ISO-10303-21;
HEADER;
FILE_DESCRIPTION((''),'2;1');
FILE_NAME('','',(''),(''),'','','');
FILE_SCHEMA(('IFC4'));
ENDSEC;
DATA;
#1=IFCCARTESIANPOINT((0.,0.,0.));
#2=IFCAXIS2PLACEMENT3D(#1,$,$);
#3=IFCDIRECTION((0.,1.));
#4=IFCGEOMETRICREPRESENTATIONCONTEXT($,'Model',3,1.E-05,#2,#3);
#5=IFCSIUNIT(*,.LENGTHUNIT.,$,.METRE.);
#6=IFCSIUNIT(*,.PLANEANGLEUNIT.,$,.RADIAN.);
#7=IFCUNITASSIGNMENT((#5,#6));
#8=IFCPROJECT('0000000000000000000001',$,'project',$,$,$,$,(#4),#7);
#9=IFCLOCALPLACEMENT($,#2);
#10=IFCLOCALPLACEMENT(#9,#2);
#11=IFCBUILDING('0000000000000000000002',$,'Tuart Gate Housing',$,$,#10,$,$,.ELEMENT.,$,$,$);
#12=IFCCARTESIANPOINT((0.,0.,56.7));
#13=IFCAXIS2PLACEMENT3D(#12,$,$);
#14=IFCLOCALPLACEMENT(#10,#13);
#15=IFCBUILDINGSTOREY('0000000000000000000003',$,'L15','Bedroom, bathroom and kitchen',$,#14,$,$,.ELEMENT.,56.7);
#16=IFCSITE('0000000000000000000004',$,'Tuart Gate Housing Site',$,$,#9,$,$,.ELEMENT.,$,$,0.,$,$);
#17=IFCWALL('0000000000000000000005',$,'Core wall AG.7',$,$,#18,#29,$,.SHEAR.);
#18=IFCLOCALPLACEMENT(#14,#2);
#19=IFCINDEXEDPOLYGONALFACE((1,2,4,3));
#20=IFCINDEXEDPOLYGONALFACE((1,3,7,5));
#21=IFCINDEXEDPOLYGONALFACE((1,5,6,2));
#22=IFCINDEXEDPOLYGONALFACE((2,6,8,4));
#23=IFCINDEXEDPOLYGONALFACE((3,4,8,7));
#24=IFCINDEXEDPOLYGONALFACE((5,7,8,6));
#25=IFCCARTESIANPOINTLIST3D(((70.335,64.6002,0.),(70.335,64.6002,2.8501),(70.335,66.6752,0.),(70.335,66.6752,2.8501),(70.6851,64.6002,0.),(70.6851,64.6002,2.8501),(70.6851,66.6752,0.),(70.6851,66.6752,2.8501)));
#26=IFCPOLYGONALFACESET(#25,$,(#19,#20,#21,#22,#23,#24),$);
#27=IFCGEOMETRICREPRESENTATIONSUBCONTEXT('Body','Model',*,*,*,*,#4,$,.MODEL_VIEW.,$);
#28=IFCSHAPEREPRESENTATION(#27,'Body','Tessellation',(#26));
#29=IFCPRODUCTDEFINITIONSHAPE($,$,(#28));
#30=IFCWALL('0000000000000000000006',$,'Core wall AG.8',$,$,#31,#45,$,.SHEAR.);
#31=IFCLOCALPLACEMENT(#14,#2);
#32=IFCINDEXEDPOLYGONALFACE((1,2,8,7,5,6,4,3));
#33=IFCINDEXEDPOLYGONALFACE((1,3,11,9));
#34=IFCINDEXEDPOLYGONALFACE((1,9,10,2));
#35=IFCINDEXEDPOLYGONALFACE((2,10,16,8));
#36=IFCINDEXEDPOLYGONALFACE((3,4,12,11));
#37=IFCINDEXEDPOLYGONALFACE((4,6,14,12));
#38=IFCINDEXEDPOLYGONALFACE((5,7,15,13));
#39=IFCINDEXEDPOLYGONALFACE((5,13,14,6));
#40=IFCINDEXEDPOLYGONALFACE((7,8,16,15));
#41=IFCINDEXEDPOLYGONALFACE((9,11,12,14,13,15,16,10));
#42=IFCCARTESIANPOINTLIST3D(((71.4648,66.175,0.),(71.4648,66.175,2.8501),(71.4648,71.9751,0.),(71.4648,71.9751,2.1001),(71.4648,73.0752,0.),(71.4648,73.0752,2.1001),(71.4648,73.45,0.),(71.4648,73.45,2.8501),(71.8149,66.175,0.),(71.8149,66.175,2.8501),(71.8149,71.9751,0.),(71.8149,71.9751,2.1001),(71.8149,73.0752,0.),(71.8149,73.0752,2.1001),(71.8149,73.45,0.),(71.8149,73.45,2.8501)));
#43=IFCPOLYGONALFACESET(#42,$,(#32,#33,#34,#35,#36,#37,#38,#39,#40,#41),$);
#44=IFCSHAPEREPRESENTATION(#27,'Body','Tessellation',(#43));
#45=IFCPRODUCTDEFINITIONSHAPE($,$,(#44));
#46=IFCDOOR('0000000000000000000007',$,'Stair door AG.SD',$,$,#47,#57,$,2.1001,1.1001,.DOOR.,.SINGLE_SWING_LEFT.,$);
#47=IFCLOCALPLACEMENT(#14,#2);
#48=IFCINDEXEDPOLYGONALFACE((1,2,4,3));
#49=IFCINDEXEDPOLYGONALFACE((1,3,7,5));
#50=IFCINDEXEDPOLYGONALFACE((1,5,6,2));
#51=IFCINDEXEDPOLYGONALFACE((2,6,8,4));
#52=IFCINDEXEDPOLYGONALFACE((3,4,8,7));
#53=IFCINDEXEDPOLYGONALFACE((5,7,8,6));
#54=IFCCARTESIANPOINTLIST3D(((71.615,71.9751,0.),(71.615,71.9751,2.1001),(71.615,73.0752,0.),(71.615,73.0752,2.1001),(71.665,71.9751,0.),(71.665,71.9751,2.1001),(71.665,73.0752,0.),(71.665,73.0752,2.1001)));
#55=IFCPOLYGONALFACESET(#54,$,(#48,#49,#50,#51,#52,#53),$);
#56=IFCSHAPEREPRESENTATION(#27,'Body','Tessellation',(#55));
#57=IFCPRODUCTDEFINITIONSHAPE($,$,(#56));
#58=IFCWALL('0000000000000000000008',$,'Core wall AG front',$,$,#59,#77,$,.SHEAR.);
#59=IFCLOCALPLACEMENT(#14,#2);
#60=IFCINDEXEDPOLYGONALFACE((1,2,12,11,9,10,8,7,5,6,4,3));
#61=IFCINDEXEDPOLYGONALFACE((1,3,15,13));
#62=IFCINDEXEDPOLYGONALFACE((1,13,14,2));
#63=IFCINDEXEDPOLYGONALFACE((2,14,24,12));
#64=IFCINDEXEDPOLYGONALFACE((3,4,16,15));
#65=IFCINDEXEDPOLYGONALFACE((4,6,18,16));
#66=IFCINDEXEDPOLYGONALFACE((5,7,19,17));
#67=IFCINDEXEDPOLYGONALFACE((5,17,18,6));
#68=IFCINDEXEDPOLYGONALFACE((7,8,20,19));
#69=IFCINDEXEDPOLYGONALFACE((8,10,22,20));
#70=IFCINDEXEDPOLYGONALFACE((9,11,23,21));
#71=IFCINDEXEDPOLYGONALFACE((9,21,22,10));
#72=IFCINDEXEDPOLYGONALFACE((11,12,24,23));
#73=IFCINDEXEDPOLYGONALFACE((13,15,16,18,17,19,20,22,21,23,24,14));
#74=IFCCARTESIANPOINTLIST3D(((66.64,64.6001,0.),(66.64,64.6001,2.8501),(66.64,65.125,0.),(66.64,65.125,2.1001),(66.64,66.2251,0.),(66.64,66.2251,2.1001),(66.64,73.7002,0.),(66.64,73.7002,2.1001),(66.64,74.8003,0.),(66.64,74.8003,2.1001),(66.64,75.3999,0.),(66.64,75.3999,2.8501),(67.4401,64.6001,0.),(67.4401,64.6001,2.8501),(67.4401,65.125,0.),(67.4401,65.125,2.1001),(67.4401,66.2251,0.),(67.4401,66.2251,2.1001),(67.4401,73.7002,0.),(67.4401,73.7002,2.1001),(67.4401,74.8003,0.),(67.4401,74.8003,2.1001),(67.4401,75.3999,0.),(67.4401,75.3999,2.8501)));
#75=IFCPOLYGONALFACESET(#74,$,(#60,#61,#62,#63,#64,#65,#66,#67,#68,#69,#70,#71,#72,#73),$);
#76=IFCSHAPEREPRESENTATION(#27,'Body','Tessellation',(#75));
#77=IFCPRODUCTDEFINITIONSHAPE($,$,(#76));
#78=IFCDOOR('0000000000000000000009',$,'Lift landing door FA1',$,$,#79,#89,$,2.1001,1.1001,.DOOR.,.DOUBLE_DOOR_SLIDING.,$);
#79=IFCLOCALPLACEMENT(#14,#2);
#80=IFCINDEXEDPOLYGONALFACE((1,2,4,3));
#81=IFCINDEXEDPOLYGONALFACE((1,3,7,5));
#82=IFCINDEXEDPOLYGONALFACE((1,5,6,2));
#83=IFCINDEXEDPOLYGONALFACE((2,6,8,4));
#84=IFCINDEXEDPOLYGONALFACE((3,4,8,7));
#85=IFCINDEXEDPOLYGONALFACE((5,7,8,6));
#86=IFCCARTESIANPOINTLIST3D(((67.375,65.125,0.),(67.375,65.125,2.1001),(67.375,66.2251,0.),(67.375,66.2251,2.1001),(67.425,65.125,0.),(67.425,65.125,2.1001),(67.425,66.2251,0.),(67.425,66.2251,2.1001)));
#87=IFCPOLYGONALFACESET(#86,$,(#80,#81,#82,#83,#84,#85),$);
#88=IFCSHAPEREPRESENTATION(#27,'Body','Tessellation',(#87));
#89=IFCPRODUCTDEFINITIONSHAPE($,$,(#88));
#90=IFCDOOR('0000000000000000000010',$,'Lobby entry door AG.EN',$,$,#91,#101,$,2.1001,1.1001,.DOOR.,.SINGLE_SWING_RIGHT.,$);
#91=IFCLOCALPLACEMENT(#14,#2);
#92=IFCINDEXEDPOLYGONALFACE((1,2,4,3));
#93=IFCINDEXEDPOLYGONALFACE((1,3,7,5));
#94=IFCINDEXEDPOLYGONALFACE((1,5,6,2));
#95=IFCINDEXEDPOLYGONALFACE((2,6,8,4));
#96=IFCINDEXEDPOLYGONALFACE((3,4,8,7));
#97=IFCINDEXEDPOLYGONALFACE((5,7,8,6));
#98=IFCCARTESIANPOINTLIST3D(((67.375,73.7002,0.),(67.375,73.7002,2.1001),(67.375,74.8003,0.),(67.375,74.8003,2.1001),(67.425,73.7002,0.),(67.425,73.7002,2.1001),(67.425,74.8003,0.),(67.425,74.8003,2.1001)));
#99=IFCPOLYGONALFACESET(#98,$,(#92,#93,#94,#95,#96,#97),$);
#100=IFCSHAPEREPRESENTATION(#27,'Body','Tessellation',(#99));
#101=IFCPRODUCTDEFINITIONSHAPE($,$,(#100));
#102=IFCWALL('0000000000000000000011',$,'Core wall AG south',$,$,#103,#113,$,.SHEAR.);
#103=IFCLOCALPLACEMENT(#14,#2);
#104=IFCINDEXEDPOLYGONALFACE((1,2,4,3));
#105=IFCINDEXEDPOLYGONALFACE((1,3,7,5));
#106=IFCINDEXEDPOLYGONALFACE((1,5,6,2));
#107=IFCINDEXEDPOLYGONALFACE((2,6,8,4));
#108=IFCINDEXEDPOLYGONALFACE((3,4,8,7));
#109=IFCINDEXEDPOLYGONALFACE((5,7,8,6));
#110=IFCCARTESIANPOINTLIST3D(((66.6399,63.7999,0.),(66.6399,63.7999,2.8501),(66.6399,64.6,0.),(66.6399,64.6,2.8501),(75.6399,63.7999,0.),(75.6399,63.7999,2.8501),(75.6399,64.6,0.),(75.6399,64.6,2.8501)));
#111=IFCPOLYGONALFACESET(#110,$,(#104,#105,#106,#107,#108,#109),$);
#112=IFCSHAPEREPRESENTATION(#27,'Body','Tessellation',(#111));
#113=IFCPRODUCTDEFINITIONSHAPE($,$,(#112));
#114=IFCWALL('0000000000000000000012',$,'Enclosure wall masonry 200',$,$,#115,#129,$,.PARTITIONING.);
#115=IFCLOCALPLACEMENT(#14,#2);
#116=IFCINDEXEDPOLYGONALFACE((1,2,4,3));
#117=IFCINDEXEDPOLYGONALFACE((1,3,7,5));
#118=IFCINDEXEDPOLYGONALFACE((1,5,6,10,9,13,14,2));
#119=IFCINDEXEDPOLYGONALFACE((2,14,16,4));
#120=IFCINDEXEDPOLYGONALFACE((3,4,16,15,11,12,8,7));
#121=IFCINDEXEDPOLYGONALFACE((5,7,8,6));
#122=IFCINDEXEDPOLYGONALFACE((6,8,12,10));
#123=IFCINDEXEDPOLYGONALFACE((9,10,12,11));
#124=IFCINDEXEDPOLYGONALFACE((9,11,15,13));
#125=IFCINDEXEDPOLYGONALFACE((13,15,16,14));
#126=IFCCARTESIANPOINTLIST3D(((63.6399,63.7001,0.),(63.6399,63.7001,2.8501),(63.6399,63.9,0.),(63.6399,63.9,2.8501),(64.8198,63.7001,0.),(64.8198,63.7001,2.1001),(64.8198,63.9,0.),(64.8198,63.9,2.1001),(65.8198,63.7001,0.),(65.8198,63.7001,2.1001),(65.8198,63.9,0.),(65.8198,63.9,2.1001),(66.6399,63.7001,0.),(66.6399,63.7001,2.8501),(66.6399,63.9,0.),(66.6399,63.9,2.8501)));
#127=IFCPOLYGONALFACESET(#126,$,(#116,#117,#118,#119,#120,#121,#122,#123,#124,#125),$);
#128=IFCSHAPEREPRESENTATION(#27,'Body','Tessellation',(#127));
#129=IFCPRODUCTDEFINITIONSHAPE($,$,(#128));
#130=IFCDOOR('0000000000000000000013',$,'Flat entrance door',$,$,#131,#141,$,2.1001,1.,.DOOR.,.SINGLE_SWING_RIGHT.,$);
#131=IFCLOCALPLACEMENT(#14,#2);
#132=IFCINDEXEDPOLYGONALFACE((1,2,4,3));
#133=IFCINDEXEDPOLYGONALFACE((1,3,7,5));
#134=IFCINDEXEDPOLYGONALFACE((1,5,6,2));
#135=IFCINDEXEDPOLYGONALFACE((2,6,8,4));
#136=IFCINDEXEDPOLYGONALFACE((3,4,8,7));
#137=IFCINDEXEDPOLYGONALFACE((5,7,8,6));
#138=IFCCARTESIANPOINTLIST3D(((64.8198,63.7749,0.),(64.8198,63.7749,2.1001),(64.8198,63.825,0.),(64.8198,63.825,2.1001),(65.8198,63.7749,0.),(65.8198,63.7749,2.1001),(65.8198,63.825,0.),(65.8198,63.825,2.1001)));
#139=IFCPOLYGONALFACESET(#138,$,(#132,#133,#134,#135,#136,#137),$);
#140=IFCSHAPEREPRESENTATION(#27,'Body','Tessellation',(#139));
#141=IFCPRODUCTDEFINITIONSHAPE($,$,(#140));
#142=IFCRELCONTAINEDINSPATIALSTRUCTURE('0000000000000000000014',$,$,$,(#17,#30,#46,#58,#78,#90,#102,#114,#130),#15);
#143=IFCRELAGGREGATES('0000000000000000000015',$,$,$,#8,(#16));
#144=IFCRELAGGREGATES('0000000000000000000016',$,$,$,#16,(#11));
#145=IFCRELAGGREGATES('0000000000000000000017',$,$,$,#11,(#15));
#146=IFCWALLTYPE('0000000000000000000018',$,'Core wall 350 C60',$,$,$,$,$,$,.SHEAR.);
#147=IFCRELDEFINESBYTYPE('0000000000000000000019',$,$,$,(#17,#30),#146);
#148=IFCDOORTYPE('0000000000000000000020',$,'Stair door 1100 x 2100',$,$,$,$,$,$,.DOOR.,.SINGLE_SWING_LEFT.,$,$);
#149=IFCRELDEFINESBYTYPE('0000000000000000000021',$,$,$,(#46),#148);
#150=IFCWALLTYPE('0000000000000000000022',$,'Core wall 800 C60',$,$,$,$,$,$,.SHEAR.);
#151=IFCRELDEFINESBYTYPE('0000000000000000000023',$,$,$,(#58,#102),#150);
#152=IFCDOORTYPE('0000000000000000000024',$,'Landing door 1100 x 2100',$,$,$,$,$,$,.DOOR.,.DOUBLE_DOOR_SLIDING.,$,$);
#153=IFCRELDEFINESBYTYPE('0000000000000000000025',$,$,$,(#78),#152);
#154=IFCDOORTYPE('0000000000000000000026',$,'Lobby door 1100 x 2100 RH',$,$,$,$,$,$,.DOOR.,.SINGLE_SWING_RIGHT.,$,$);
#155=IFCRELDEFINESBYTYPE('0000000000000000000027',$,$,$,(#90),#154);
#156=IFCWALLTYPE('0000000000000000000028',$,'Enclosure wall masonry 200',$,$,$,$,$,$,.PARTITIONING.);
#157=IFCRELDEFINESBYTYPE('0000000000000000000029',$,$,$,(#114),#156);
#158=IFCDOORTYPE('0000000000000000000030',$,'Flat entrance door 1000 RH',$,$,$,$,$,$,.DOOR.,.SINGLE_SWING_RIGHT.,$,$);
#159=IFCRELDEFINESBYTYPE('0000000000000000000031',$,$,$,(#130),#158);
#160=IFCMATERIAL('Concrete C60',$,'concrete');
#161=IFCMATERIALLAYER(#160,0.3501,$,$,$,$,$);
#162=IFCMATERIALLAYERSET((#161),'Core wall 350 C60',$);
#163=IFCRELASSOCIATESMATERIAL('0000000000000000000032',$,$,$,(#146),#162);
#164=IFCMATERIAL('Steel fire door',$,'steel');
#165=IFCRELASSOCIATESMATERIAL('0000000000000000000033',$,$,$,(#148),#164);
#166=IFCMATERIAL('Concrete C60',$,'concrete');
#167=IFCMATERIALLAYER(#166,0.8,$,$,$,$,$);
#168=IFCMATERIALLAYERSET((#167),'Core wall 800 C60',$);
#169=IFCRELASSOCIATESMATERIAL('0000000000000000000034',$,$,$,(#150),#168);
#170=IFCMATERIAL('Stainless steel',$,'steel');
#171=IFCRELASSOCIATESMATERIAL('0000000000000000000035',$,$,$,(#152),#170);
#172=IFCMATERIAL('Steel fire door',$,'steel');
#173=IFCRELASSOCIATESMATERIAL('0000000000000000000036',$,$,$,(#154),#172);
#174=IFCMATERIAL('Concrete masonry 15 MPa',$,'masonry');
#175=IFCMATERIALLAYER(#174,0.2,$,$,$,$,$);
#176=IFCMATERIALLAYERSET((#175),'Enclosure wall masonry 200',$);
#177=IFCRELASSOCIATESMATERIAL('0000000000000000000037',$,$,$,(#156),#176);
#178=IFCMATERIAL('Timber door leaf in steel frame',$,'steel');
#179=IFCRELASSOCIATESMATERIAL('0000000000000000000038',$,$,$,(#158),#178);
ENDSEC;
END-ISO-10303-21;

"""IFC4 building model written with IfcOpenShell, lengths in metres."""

from ifc_helpers import new_model, si_unit, direction, frame, frame_2d, origin, place, context, subcontext, project, spatial, rectangle, extrude, material, layer, layer_set, type_object, element, fill, save


model = new_model("IFC4")

# Units and contexts
model_context = context("Model", 3, precision=1e-05, world=origin(), true_north=direction((0.0, 1.0)))
body_context = subcontext(model_context, "Body", "Model", "MODEL_VIEW")
ifc_project = project(units=[si_unit("LENGTHUNIT", "METRE"), si_unit("PLANEANGLEUNIT", "RADIAN")], contexts=[model_context])

# Site, building, storey
site_placement = place(None, origin())
site = spatial("IfcSite", under=ifc_project, at=site_placement, Name="Tuart Gate Housing Site", CompositionType="ELEMENT", RefElevation=0.0)
building_placement = place(site_placement, origin())
building = spatial("IfcBuilding", under=site, at=building_placement, Name="Tuart Gate Housing", CompositionType="ELEMENT")
storey_placement = place(building_placement, frame((0.0, 0.0, 56.7)))
storey = spatial("IfcBuildingStorey", under=building, at=storey_placement, Name="L15", Description="Bedroom, bathroom and kitchen", CompositionType="ELEMENT", Elevation=56.7)

# Wall
ifc_material_1 = material(Name="Concrete C60", Category="concrete")
ifc_layer_1 = layer(ifc_material_1, 0.3501)
ifc_layer_set_1 = layer_set([ifc_layer_1], Name="Core wall 350 C60")
wall_type_1 = type_object("IfcWallType", Name="Core wall 350 C60", PredefinedType="SHEAR", material=ifc_layer_set_1)
wall_1_placement = place(storey_placement, frame((70.51, 64.6001, 0.0), z_axis=(0.0, 0.0, 1.0), x_axis=(0.0, 1.0, 0.0)))
element("IfcWall", 1, at=wall_1_placement, inside=storey, type_object=wall_type_1, Name="Core wall AG.7", PredefinedType="SHEAR", context=body_context, shape_type="SweptSolid", body=[
    extrude(rectangle(XDim=2.075, YDim=0.3501, at=frame_2d((1.0376, 0.0))), origin(), (0.0, 0.0, 1.0), 2.8501),
])

# Wall, opening, door
wall_2_placement = place(storey_placement, frame((71.6399, 66.175, 0.0), z_axis=(0.0, 0.0, 1.0), x_axis=(0.0, 1.0, 0.0)))
wall_2 = element("IfcWall", 2, at=wall_2_placement, inside=storey, type_object=wall_type_1, Name="Core wall AG.8", PredefinedType="SHEAR", context=body_context, shape_type="SweptSolid", body=[
    extrude(rectangle(XDim=7.2749, YDim=0.3501, at=frame_2d((3.6375, 0.0))), origin(), (0.0, 0.0, 1.0), 2.8501),
])
opening_1_placement = place(wall_2_placement, frame((5.8, 0.0, 0.0)))
opening_1 = element("IfcOpeningElement", 3, at=opening_1_placement, cuts=wall_2, PredefinedType="OPENING", context=body_context, shape_type="SweptSolid", body=[
    extrude(rectangle(XDim=1.1001, YDim=2.1001, at=frame_2d((0.55, 1.05))), frame((0.0, 0.1851, 0.0), z_axis=(0.0, -1.0, 0.0), x_axis=(1.0, 0.0, 0.0)), (0.0, 0.0, 1.0), 0.3701),
])
ifc_material_2 = material(Name="Steel fire door", Category="steel")
door_type_1 = type_object("IfcDoorType", Name="Stair door 1100 x 2100", OperationType="SINGLE_SWING_LEFT", PredefinedType="DOOR", material=ifc_material_2)
door_1_placement = place(opening_1_placement, frame((1.1001, 0.0, 0.0), z_axis=(0.0, 0.0, 1.0), x_axis=(-1.0, 0.0, 0.0)))
door_1 = element("IfcDoor", 4, at=door_1_placement, inside=storey, type_object=door_type_1, Name="Stair door AG.SD", OperationType="SINGLE_SWING_LEFT", OverallHeight=2.1001, OverallWidth=1.1001, PredefinedType="DOOR", context=body_context, shape_type="SweptSolid", body=[
    extrude(rectangle(XDim=1.1001, YDim=2.1001, at=frame_2d((0.55, 1.05))), frame((0.0, 0.0251, 0.0), z_axis=(0.0, -1.0, 0.0), x_axis=(1.0, 0.0, 0.0)), (0.0, 0.0, 1.0), 0.05),
])
fill(opening_1, door_1)

# Wall, openings, doors
ifc_material_3 = material(Name="Concrete C60", Category="concrete")
ifc_layer_2 = layer(ifc_material_3, 0.8)
ifc_layer_set_2 = layer_set([ifc_layer_2], Name="Core wall 800 C60")
wall_type_2 = type_object("IfcWallType", Name="Core wall 800 C60", PredefinedType="SHEAR", material=ifc_layer_set_2)
wall_3_placement = place(storey_placement, frame((67.04, 64.6001, 0.0), z_axis=(0.0, 0.0, 1.0), x_axis=(0.0, 1.0, 0.0)))
wall_3 = element("IfcWall", 5, at=wall_3_placement, inside=storey, type_object=wall_type_2, Name="Core wall AG front", PredefinedType="SHEAR", context=body_context, shape_type="SweptSolid", body=[
    extrude(rectangle(XDim=10.7998, YDim=0.8, at=frame_2d((5.3999, 0.0))), origin(), (0.0, 0.0, 1.0), 2.8501),
])
opening_2_placement = place(wall_3_placement, frame((0.5249, 0.0, 0.0)))
opening_2 = element("IfcOpeningElement", 6, at=opening_2_placement, cuts=wall_3, PredefinedType="OPENING", context=body_context, shape_type="SweptSolid", body=[
    extrude(rectangle(XDim=1.1001, YDim=2.1001, at=frame_2d((0.55, 1.05))), frame((0.0, 0.4099, 0.0), z_axis=(0.0, -1.0, 0.0), x_axis=(1.0, 0.0, 0.0)), (0.0, 0.0, 1.0), 0.8201),
])
opening_3_placement = place(wall_3_placement, frame((9.1001, 0.0, 0.0)))
opening_3 = element("IfcOpeningElement", 7, at=opening_3_placement, cuts=wall_3, PredefinedType="OPENING", context=body_context, shape_type="SweptSolid", body=[
    extrude(rectangle(XDim=1.1001, YDim=2.1001, at=frame_2d((0.55, 1.05))), frame((0.0, 0.4099, 0.0), z_axis=(0.0, -1.0, 0.0), x_axis=(1.0, 0.0, 0.0)), (0.0, 0.0, 1.0), 0.8201),
])
ifc_material_4 = material(Name="Stainless steel", Category="steel")
door_type_2 = type_object("IfcDoorType", Name="Landing door 1100 x 2100", OperationType="DOUBLE_DOOR_SLIDING", PredefinedType="DOOR", material=ifc_material_4)
door_2_placement = place(opening_2_placement, origin())
door_2 = element("IfcDoor", 8, at=door_2_placement, inside=storey, type_object=door_type_2, Name="Lift landing door FA1", OperationType="DOUBLE_DOOR_SLIDING", OverallHeight=2.1001, OverallWidth=1.1001, PredefinedType="DOOR", context=body_context, shape_type="SweptSolid", body=[
    extrude(rectangle(XDim=1.1001, YDim=2.1001, at=frame_2d((0.55, 1.05))), frame((0.0, -0.335, 0.0), z_axis=(0.0, -1.0, 0.0), x_axis=(1.0, 0.0, 0.0)), (0.0, 0.0, 1.0), 0.05),
])
fill(opening_2, door_2)
ifc_material_5 = material(Name="Steel fire door", Category="steel")
door_type_3 = type_object("IfcDoorType", Name="Lobby door 1100 x 2100 RH", OperationType="SINGLE_SWING_RIGHT", PredefinedType="DOOR", material=ifc_material_5)
door_3_placement = place(opening_3_placement, frame((1.1001, 0.0, 0.0), z_axis=(0.0, 0.0, 1.0), x_axis=(-1.0, 0.0, 0.0)))
door_3 = element("IfcDoor", 9, at=door_3_placement, inside=storey, type_object=door_type_3, Name="Lobby entry door AG.EN", OperationType="SINGLE_SWING_RIGHT", OverallHeight=2.1001, OverallWidth=1.1001, PredefinedType="DOOR", context=body_context, shape_type="SweptSolid", body=[
    extrude(rectangle(XDim=1.1001, YDim=2.1001, at=frame_2d((0.55, 1.05))), frame((0.0, 0.385, 0.0), z_axis=(0.0, -1.0, 0.0), x_axis=(1.0, 0.0, 0.0)), (0.0, 0.0, 1.0), 0.05),
])
fill(opening_3, door_3)

# Wall
wall_4_placement = place(storey_placement, frame((66.6399, 64.2, 0.0), z_axis=(0.0, 0.0, 1.0), x_axis=(1.0, 0.0, 0.0)))
element("IfcWall", 10, at=wall_4_placement, inside=storey, type_object=wall_type_2, Name="Core wall AG south", PredefinedType="SHEAR", context=body_context, shape_type="SweptSolid", body=[
    extrude(rectangle(XDim=9.0, YDim=0.8, at=frame_2d((4.5, 0.0))), origin(), (0.0, 0.0, 1.0), 2.8501),
])

# Wall, opening, door
ifc_material_6 = material(Name="Concrete masonry 15 MPa", Category="masonry")
ifc_layer_3 = layer(ifc_material_6, 0.2)
ifc_layer_set_3 = layer_set([ifc_layer_3], Name="Enclosure wall masonry 200")
wall_type_3 = type_object("IfcWallType", Name="Enclosure wall masonry 200", PredefinedType="PARTITIONING", material=ifc_layer_set_3)
wall_5_placement = place(storey_placement, frame((63.6399, 63.8, 0.0), z_axis=(0.0, 0.0, 1.0), x_axis=(1.0, 0.0, 0.0)))
wall_5 = element("IfcWall", 11, at=wall_5_placement, inside=storey, type_object=wall_type_3, Name="Enclosure wall masonry 200", PredefinedType="PARTITIONING", context=body_context, shape_type="SweptSolid", body=[
    extrude(rectangle(XDim=3.0, YDim=0.2, at=frame_2d((1.5, 0.0))), origin(), (0.0, 0.0, 1.0), 2.8501),
])
opening_4_placement = place(wall_5_placement, frame((1.1799, 0.0, 0.0)))
opening_4 = element("IfcOpeningElement", 12, at=opening_4_placement, cuts=wall_5, PredefinedType="OPENING", context=body_context, shape_type="SweptSolid", body=[
    extrude(rectangle(XDim=1.0, YDim=2.1001, at=frame_2d((0.5, 1.05))), frame((0.0, 0.1099, 0.0), z_axis=(0.0, -1.0, 0.0), x_axis=(1.0, 0.0, 0.0)), (0.0, 0.0, 1.0), 0.22),
])
ifc_material_7 = material(Name="Timber door leaf in steel frame", Category="steel")
door_type_4 = type_object("IfcDoorType", Name="Flat entrance door 1000 RH", OperationType="SINGLE_SWING_RIGHT", PredefinedType="DOOR", material=ifc_material_7)
door_4_placement = place(opening_4_placement, frame((1.0, 0.0, 0.0), z_axis=(0.0, 0.0, 1.0), x_axis=(-1.0, 0.0, 0.0)))
door_4 = element("IfcDoor", 13, at=door_4_placement, inside=storey, type_object=door_type_4, Name="Flat entrance door", OperationType="SINGLE_SWING_RIGHT", OverallHeight=2.1001, OverallWidth=1.0, PredefinedType="DOOR", context=body_context, shape_type="SweptSolid", body=[
    extrude(rectangle(XDim=1.0, YDim=2.1001, at=frame_2d((0.5, 1.05))), frame((0.0, 0.0251, 0.0), z_axis=(0.0, -1.0, 0.0), x_axis=(1.0, 0.0, 0.0)), (0.0, 0.0, 1.0), 0.05),
])
fill(opening_4, door_4)

save(model, "model.ifc")
